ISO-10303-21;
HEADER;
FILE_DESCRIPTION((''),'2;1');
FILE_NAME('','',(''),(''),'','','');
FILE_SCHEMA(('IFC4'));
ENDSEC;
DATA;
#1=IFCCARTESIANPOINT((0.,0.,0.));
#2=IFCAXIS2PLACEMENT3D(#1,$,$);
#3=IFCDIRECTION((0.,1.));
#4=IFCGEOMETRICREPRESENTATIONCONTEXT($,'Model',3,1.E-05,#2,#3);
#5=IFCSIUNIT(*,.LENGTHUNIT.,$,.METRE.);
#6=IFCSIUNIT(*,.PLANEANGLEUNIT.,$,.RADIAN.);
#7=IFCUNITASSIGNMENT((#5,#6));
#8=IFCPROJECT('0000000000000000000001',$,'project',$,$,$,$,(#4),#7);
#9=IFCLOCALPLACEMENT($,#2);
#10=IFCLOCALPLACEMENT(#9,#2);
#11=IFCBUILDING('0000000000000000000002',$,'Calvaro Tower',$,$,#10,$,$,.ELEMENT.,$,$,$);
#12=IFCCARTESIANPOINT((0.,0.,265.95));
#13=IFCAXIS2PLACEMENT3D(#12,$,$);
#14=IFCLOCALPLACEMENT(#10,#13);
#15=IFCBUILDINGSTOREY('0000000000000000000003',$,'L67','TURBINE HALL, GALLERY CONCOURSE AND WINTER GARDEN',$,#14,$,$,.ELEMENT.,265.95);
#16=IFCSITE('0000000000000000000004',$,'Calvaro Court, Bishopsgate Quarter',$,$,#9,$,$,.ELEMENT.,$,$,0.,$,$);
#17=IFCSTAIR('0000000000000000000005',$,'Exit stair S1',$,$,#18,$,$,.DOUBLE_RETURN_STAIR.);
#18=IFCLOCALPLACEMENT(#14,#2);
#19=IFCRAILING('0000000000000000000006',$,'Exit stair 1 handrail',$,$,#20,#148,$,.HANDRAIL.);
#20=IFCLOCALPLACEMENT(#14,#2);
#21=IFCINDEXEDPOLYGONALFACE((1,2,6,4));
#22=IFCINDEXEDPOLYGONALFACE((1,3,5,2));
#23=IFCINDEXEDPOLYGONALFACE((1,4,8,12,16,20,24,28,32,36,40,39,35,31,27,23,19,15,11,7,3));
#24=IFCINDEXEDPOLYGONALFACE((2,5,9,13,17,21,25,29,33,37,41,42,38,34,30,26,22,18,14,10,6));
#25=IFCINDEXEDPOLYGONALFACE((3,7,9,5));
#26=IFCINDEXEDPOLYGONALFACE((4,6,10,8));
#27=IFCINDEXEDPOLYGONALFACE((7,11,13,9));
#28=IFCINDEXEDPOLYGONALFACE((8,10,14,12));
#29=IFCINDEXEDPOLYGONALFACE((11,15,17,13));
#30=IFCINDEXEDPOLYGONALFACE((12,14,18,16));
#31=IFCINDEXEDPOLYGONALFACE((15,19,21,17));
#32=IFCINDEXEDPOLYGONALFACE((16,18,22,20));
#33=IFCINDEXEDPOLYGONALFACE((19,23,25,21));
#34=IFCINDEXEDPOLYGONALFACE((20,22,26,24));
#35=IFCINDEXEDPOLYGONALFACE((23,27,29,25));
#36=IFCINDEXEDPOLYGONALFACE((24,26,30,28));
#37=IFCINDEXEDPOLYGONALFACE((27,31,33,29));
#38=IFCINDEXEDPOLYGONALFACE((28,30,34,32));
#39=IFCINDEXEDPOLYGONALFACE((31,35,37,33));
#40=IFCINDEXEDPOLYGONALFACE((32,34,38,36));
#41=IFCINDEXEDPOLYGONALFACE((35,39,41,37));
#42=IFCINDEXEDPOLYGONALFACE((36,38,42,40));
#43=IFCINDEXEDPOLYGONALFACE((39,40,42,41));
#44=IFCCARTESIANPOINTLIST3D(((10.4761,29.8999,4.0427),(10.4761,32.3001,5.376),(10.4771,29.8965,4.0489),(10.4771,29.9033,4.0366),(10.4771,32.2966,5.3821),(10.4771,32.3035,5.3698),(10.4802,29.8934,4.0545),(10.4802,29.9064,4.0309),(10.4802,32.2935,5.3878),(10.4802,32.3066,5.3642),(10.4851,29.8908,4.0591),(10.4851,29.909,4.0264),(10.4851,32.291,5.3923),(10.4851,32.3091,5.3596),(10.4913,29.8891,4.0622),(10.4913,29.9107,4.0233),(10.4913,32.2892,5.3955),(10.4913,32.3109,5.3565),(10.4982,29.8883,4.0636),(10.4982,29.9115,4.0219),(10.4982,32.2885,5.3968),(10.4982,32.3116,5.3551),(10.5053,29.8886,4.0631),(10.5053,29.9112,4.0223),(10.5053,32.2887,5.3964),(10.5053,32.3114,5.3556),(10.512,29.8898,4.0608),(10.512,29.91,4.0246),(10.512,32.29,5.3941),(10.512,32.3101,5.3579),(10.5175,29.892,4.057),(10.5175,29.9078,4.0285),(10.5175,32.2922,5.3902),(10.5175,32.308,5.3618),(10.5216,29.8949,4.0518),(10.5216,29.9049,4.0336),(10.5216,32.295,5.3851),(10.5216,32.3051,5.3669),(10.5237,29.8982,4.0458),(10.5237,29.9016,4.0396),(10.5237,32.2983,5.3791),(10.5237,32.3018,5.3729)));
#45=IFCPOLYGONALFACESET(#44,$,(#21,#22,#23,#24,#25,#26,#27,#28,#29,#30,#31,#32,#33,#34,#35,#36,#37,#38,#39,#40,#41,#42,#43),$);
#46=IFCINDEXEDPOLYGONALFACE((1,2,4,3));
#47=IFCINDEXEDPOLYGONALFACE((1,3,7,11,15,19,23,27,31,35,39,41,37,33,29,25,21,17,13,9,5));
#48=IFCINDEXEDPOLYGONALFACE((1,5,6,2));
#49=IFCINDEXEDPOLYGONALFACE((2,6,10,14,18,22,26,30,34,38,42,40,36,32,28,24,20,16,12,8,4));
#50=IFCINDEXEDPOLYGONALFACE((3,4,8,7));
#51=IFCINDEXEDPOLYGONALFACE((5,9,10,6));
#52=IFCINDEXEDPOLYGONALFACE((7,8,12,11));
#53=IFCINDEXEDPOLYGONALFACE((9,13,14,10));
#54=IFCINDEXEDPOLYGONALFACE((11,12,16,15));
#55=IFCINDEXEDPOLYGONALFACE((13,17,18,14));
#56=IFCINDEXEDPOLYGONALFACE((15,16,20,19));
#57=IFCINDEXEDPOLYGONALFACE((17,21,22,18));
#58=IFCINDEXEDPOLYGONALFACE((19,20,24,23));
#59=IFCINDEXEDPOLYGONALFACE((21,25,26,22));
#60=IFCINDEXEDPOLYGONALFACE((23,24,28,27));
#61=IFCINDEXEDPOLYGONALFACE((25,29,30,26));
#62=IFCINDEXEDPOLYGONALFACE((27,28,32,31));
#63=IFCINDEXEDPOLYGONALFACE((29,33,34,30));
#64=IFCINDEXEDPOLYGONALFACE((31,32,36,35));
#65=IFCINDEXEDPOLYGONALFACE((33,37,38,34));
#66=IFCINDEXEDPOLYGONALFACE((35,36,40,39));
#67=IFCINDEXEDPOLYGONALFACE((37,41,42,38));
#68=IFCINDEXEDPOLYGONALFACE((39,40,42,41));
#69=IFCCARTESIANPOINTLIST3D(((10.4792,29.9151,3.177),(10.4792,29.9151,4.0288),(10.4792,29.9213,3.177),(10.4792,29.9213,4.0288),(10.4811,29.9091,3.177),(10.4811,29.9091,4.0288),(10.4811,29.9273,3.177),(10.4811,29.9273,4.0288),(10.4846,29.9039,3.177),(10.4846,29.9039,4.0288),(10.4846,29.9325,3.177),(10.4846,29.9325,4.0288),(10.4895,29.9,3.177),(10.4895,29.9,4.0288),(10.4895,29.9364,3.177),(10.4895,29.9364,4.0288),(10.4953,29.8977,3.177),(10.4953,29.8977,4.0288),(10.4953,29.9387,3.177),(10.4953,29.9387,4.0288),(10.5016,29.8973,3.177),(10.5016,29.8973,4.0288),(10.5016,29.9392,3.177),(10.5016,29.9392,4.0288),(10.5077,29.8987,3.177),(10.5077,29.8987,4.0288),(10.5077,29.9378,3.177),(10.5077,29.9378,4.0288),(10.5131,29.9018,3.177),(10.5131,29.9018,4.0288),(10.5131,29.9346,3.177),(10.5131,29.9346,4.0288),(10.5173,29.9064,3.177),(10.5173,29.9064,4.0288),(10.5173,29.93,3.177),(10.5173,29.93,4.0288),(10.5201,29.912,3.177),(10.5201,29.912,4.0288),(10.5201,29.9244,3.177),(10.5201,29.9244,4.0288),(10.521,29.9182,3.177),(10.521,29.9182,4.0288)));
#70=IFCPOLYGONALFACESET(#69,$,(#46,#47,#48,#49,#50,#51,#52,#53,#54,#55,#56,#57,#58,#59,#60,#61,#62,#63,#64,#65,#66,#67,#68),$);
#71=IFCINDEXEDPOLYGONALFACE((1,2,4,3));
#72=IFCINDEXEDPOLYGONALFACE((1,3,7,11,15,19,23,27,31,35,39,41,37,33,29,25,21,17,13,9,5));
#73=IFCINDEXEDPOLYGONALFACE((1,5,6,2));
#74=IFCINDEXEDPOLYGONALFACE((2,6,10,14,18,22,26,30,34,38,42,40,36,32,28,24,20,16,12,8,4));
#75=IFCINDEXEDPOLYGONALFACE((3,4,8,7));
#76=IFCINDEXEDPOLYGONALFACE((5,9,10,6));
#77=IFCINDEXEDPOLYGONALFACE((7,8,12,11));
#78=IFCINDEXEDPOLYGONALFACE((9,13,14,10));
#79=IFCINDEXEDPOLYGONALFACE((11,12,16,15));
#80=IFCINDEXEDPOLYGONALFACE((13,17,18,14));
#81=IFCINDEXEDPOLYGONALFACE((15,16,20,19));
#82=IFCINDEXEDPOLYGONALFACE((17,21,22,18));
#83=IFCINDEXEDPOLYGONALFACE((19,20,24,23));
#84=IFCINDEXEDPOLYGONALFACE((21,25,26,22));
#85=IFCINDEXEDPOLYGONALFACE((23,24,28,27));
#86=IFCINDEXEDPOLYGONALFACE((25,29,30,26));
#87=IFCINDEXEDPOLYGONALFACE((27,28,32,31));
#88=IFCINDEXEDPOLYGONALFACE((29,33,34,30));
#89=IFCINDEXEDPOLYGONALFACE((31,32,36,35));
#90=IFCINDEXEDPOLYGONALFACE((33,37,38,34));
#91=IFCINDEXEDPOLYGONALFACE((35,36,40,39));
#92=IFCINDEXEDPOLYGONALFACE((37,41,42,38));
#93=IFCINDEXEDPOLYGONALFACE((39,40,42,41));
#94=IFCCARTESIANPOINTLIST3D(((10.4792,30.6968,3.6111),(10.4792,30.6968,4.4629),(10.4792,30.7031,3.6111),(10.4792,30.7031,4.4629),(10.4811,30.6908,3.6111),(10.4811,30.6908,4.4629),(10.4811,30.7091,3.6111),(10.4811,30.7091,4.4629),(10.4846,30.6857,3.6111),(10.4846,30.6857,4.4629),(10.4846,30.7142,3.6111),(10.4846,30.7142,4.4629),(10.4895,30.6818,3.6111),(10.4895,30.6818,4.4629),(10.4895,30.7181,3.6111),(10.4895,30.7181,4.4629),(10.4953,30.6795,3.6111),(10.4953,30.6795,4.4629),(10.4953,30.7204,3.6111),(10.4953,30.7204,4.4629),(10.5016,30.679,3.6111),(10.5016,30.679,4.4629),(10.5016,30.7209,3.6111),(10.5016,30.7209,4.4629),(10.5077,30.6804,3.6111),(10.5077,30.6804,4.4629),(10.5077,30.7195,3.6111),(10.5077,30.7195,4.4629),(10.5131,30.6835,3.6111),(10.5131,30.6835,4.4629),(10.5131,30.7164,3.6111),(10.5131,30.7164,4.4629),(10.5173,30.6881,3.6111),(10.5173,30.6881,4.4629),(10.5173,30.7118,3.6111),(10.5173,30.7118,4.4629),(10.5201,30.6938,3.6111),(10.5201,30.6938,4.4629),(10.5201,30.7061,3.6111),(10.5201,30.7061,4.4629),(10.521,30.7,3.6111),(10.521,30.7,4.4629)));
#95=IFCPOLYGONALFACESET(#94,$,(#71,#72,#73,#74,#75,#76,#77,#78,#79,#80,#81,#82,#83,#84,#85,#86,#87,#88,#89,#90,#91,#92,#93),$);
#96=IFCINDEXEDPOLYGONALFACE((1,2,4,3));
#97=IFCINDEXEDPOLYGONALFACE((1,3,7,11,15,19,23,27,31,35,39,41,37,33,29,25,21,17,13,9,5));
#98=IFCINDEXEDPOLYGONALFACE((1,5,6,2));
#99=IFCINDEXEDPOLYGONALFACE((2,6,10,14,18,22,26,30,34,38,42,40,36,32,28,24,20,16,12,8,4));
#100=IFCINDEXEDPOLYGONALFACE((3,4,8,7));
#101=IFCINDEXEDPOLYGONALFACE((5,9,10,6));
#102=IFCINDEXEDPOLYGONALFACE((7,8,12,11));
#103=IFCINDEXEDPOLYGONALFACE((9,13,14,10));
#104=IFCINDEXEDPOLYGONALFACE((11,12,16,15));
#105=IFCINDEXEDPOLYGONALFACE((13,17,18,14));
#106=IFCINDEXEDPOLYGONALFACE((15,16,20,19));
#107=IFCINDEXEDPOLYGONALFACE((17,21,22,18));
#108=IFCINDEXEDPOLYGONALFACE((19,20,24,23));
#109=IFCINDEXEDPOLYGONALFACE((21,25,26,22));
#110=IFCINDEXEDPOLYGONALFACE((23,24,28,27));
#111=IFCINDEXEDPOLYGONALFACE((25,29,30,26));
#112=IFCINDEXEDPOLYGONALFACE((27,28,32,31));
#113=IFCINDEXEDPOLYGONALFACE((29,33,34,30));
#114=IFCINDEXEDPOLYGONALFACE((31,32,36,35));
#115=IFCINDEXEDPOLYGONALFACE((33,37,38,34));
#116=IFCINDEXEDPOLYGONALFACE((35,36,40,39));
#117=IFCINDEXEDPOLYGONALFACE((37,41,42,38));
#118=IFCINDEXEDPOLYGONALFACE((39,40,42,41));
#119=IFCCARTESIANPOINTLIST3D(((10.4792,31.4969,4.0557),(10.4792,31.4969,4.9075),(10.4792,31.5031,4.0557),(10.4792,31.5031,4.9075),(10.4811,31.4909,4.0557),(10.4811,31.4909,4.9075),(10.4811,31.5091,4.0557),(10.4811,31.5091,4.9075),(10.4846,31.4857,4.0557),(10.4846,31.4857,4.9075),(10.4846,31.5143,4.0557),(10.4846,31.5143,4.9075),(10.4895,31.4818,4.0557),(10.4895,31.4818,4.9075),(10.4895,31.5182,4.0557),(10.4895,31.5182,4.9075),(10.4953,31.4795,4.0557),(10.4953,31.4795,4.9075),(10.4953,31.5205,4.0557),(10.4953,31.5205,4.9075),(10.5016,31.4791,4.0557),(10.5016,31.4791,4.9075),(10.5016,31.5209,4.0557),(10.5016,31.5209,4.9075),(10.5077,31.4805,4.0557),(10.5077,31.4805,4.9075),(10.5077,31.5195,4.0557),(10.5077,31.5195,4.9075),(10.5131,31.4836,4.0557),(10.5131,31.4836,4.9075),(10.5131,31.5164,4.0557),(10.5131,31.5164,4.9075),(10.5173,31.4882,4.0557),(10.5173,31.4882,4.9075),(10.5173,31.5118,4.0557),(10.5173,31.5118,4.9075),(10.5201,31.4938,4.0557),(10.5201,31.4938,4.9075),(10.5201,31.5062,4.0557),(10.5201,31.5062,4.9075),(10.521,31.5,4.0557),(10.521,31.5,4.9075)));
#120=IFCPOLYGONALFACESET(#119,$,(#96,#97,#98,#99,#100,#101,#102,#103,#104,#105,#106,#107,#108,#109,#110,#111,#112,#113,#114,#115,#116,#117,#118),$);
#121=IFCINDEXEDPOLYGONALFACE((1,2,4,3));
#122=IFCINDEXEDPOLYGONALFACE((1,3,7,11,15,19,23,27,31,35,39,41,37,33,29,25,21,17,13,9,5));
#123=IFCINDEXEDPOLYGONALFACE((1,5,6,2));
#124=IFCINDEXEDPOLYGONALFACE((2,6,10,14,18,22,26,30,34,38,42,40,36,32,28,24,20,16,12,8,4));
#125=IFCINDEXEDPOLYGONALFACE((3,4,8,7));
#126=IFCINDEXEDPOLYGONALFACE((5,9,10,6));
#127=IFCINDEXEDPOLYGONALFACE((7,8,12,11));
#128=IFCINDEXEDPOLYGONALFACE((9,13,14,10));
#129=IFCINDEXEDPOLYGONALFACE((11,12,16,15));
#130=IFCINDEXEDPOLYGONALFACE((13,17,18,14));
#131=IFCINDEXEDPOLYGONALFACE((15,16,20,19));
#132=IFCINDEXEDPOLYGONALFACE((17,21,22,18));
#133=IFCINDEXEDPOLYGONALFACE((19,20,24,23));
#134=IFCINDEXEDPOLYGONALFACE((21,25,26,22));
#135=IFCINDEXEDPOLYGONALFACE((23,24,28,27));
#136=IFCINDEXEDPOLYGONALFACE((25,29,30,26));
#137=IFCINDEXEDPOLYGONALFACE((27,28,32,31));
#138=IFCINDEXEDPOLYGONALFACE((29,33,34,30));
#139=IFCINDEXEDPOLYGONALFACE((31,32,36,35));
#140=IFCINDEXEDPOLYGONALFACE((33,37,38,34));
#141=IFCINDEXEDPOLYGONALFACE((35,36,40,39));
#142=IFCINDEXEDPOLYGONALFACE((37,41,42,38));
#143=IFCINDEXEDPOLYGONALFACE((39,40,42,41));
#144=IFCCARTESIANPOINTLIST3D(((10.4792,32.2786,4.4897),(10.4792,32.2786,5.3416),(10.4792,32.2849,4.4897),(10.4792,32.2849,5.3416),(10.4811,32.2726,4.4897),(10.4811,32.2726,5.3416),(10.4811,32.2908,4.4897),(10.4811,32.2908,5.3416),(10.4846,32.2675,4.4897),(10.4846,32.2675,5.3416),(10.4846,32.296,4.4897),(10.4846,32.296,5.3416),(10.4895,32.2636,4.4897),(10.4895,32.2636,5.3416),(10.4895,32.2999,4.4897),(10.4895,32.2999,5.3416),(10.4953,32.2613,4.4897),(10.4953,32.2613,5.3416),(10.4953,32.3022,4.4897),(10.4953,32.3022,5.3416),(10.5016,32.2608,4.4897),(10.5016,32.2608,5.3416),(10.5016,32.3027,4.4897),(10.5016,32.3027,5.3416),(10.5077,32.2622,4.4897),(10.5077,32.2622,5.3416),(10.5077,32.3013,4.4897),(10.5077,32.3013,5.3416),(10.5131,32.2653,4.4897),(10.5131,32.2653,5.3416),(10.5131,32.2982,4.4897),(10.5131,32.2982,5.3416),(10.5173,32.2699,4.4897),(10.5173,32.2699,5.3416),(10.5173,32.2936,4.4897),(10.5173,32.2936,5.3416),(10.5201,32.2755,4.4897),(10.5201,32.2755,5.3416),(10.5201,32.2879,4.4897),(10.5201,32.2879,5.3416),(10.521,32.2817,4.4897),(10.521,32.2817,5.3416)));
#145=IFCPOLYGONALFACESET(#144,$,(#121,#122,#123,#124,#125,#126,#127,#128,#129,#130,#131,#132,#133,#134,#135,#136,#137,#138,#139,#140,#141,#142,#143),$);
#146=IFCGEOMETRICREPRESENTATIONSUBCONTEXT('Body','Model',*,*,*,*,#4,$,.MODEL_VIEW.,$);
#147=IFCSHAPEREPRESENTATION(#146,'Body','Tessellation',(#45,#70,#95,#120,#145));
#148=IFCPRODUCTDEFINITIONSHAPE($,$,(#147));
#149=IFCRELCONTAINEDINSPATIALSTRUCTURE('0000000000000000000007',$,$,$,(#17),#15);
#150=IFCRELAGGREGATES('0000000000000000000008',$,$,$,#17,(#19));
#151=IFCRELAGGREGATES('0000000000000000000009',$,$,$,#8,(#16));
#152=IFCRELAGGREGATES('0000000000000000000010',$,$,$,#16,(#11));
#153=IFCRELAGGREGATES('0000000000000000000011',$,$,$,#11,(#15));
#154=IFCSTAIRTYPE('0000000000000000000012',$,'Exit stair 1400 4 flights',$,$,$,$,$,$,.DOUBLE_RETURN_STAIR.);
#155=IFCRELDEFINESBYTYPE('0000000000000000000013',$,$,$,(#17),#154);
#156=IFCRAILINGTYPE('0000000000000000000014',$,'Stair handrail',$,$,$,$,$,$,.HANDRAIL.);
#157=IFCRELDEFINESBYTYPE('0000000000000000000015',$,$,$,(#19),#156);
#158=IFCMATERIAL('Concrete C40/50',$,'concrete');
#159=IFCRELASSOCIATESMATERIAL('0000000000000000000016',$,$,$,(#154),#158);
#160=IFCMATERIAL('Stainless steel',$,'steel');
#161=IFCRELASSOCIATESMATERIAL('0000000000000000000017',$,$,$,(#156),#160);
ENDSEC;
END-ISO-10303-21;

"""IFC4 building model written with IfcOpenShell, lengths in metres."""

from ifc_helpers import new_model, si_unit, direction, frame, origin, origin_2d, place, context, subcontext, project, spatial, circle, extrude, material, type_object, element, aggregate, save


model = new_model("IFC4")

# Units and contexts
model_context = context("Model", 3, precision=1e-05, world=origin(), true_north=direction((0.0, 1.0)))
body_context = subcontext(model_context, "Body", "Model", "MODEL_VIEW")
ifc_project = project(units=[si_unit("LENGTHUNIT", "METRE"), si_unit("PLANEANGLEUNIT", "RADIAN")], contexts=[model_context])

# Site, building, storey
site_placement = place(None, origin())
site = spatial("IfcSite", under=ifc_project, at=site_placement, Name="Calvaro Court, Bishopsgate Quarter", CompositionType="ELEMENT", RefElevation=0.0)
building_placement = place(site_placement, origin())
building = spatial("IfcBuilding", under=site, at=building_placement, Name="Calvaro Tower", CompositionType="ELEMENT")
storey_placement = place(building_placement, frame((0.0, 0.0, 265.95)))
storey = spatial("IfcBuildingStorey", under=building, at=storey_placement, Name="L67", Description="TURBINE HALL, GALLERY CONCOURSE AND WINTER GARDEN", CompositionType="ELEMENT", Elevation=265.95)

# Stair, railing
ifc_material_1 = material(Name="Concrete C40/50", Category="concrete")
stair_type = type_object("IfcStairType", Name="Exit stair 1400 4 flights", PredefinedType="DOUBLE_RETURN_STAIR", material=ifc_material_1)
stair_placement = place(storey_placement, origin())
stair = element("IfcStair", 1, at=stair_placement, inside=storey, type_object=stair_type, Name="Exit stair S1", PredefinedType="DOUBLE_RETURN_STAIR")
ifc_material_2 = material(Name="Stainless steel", Category="steel")
railing_type = type_object("IfcRailingType", Name="Stair handrail", PredefinedType="HANDRAIL", material=ifc_material_2)
railing_1_placement = place(storey_placement, frame((10.5, 29.8999, 3.1667)))
railing_1 = element("IfcRailing", 2, at=railing_1_placement, type_object=railing_type, Name="Exit stair 1 handrail", PredefinedType="HANDRAIL", context=body_context, shape_type="SweptSolid", body=[
    extrude(circle(Radius=0.0239, at=origin_2d()), frame((0.0, 0.0, 0.876), z_axis=(0.0, 0.874182, 0.485598), x_axis=(-1.0, 0.0, 0.0)), (0.0, 0.0, 1.0), 2.7456),
    extrude(circle(Radius=0.021, at=origin_2d()), frame((0.0, 0.0183, 0.0103)), (0.0, 0.0, 1.0), 0.8518),
    extrude(circle(Radius=0.021, at=origin_2d()), frame((0.0, 0.8, 0.4443)), (0.0, 0.0, 1.0), 0.8518),
    extrude(circle(Radius=0.021, at=origin_2d()), frame((0.0, 1.6001, 0.8889)), (0.0, 0.0, 1.0), 0.8518),
    extrude(circle(Radius=0.021, at=origin_2d()), frame((0.0, 2.3818, 1.323)), (0.0, 0.0, 1.0), 0.8518),
])
aggregate(stair, [railing_1])

save(model, "model.ifc")
